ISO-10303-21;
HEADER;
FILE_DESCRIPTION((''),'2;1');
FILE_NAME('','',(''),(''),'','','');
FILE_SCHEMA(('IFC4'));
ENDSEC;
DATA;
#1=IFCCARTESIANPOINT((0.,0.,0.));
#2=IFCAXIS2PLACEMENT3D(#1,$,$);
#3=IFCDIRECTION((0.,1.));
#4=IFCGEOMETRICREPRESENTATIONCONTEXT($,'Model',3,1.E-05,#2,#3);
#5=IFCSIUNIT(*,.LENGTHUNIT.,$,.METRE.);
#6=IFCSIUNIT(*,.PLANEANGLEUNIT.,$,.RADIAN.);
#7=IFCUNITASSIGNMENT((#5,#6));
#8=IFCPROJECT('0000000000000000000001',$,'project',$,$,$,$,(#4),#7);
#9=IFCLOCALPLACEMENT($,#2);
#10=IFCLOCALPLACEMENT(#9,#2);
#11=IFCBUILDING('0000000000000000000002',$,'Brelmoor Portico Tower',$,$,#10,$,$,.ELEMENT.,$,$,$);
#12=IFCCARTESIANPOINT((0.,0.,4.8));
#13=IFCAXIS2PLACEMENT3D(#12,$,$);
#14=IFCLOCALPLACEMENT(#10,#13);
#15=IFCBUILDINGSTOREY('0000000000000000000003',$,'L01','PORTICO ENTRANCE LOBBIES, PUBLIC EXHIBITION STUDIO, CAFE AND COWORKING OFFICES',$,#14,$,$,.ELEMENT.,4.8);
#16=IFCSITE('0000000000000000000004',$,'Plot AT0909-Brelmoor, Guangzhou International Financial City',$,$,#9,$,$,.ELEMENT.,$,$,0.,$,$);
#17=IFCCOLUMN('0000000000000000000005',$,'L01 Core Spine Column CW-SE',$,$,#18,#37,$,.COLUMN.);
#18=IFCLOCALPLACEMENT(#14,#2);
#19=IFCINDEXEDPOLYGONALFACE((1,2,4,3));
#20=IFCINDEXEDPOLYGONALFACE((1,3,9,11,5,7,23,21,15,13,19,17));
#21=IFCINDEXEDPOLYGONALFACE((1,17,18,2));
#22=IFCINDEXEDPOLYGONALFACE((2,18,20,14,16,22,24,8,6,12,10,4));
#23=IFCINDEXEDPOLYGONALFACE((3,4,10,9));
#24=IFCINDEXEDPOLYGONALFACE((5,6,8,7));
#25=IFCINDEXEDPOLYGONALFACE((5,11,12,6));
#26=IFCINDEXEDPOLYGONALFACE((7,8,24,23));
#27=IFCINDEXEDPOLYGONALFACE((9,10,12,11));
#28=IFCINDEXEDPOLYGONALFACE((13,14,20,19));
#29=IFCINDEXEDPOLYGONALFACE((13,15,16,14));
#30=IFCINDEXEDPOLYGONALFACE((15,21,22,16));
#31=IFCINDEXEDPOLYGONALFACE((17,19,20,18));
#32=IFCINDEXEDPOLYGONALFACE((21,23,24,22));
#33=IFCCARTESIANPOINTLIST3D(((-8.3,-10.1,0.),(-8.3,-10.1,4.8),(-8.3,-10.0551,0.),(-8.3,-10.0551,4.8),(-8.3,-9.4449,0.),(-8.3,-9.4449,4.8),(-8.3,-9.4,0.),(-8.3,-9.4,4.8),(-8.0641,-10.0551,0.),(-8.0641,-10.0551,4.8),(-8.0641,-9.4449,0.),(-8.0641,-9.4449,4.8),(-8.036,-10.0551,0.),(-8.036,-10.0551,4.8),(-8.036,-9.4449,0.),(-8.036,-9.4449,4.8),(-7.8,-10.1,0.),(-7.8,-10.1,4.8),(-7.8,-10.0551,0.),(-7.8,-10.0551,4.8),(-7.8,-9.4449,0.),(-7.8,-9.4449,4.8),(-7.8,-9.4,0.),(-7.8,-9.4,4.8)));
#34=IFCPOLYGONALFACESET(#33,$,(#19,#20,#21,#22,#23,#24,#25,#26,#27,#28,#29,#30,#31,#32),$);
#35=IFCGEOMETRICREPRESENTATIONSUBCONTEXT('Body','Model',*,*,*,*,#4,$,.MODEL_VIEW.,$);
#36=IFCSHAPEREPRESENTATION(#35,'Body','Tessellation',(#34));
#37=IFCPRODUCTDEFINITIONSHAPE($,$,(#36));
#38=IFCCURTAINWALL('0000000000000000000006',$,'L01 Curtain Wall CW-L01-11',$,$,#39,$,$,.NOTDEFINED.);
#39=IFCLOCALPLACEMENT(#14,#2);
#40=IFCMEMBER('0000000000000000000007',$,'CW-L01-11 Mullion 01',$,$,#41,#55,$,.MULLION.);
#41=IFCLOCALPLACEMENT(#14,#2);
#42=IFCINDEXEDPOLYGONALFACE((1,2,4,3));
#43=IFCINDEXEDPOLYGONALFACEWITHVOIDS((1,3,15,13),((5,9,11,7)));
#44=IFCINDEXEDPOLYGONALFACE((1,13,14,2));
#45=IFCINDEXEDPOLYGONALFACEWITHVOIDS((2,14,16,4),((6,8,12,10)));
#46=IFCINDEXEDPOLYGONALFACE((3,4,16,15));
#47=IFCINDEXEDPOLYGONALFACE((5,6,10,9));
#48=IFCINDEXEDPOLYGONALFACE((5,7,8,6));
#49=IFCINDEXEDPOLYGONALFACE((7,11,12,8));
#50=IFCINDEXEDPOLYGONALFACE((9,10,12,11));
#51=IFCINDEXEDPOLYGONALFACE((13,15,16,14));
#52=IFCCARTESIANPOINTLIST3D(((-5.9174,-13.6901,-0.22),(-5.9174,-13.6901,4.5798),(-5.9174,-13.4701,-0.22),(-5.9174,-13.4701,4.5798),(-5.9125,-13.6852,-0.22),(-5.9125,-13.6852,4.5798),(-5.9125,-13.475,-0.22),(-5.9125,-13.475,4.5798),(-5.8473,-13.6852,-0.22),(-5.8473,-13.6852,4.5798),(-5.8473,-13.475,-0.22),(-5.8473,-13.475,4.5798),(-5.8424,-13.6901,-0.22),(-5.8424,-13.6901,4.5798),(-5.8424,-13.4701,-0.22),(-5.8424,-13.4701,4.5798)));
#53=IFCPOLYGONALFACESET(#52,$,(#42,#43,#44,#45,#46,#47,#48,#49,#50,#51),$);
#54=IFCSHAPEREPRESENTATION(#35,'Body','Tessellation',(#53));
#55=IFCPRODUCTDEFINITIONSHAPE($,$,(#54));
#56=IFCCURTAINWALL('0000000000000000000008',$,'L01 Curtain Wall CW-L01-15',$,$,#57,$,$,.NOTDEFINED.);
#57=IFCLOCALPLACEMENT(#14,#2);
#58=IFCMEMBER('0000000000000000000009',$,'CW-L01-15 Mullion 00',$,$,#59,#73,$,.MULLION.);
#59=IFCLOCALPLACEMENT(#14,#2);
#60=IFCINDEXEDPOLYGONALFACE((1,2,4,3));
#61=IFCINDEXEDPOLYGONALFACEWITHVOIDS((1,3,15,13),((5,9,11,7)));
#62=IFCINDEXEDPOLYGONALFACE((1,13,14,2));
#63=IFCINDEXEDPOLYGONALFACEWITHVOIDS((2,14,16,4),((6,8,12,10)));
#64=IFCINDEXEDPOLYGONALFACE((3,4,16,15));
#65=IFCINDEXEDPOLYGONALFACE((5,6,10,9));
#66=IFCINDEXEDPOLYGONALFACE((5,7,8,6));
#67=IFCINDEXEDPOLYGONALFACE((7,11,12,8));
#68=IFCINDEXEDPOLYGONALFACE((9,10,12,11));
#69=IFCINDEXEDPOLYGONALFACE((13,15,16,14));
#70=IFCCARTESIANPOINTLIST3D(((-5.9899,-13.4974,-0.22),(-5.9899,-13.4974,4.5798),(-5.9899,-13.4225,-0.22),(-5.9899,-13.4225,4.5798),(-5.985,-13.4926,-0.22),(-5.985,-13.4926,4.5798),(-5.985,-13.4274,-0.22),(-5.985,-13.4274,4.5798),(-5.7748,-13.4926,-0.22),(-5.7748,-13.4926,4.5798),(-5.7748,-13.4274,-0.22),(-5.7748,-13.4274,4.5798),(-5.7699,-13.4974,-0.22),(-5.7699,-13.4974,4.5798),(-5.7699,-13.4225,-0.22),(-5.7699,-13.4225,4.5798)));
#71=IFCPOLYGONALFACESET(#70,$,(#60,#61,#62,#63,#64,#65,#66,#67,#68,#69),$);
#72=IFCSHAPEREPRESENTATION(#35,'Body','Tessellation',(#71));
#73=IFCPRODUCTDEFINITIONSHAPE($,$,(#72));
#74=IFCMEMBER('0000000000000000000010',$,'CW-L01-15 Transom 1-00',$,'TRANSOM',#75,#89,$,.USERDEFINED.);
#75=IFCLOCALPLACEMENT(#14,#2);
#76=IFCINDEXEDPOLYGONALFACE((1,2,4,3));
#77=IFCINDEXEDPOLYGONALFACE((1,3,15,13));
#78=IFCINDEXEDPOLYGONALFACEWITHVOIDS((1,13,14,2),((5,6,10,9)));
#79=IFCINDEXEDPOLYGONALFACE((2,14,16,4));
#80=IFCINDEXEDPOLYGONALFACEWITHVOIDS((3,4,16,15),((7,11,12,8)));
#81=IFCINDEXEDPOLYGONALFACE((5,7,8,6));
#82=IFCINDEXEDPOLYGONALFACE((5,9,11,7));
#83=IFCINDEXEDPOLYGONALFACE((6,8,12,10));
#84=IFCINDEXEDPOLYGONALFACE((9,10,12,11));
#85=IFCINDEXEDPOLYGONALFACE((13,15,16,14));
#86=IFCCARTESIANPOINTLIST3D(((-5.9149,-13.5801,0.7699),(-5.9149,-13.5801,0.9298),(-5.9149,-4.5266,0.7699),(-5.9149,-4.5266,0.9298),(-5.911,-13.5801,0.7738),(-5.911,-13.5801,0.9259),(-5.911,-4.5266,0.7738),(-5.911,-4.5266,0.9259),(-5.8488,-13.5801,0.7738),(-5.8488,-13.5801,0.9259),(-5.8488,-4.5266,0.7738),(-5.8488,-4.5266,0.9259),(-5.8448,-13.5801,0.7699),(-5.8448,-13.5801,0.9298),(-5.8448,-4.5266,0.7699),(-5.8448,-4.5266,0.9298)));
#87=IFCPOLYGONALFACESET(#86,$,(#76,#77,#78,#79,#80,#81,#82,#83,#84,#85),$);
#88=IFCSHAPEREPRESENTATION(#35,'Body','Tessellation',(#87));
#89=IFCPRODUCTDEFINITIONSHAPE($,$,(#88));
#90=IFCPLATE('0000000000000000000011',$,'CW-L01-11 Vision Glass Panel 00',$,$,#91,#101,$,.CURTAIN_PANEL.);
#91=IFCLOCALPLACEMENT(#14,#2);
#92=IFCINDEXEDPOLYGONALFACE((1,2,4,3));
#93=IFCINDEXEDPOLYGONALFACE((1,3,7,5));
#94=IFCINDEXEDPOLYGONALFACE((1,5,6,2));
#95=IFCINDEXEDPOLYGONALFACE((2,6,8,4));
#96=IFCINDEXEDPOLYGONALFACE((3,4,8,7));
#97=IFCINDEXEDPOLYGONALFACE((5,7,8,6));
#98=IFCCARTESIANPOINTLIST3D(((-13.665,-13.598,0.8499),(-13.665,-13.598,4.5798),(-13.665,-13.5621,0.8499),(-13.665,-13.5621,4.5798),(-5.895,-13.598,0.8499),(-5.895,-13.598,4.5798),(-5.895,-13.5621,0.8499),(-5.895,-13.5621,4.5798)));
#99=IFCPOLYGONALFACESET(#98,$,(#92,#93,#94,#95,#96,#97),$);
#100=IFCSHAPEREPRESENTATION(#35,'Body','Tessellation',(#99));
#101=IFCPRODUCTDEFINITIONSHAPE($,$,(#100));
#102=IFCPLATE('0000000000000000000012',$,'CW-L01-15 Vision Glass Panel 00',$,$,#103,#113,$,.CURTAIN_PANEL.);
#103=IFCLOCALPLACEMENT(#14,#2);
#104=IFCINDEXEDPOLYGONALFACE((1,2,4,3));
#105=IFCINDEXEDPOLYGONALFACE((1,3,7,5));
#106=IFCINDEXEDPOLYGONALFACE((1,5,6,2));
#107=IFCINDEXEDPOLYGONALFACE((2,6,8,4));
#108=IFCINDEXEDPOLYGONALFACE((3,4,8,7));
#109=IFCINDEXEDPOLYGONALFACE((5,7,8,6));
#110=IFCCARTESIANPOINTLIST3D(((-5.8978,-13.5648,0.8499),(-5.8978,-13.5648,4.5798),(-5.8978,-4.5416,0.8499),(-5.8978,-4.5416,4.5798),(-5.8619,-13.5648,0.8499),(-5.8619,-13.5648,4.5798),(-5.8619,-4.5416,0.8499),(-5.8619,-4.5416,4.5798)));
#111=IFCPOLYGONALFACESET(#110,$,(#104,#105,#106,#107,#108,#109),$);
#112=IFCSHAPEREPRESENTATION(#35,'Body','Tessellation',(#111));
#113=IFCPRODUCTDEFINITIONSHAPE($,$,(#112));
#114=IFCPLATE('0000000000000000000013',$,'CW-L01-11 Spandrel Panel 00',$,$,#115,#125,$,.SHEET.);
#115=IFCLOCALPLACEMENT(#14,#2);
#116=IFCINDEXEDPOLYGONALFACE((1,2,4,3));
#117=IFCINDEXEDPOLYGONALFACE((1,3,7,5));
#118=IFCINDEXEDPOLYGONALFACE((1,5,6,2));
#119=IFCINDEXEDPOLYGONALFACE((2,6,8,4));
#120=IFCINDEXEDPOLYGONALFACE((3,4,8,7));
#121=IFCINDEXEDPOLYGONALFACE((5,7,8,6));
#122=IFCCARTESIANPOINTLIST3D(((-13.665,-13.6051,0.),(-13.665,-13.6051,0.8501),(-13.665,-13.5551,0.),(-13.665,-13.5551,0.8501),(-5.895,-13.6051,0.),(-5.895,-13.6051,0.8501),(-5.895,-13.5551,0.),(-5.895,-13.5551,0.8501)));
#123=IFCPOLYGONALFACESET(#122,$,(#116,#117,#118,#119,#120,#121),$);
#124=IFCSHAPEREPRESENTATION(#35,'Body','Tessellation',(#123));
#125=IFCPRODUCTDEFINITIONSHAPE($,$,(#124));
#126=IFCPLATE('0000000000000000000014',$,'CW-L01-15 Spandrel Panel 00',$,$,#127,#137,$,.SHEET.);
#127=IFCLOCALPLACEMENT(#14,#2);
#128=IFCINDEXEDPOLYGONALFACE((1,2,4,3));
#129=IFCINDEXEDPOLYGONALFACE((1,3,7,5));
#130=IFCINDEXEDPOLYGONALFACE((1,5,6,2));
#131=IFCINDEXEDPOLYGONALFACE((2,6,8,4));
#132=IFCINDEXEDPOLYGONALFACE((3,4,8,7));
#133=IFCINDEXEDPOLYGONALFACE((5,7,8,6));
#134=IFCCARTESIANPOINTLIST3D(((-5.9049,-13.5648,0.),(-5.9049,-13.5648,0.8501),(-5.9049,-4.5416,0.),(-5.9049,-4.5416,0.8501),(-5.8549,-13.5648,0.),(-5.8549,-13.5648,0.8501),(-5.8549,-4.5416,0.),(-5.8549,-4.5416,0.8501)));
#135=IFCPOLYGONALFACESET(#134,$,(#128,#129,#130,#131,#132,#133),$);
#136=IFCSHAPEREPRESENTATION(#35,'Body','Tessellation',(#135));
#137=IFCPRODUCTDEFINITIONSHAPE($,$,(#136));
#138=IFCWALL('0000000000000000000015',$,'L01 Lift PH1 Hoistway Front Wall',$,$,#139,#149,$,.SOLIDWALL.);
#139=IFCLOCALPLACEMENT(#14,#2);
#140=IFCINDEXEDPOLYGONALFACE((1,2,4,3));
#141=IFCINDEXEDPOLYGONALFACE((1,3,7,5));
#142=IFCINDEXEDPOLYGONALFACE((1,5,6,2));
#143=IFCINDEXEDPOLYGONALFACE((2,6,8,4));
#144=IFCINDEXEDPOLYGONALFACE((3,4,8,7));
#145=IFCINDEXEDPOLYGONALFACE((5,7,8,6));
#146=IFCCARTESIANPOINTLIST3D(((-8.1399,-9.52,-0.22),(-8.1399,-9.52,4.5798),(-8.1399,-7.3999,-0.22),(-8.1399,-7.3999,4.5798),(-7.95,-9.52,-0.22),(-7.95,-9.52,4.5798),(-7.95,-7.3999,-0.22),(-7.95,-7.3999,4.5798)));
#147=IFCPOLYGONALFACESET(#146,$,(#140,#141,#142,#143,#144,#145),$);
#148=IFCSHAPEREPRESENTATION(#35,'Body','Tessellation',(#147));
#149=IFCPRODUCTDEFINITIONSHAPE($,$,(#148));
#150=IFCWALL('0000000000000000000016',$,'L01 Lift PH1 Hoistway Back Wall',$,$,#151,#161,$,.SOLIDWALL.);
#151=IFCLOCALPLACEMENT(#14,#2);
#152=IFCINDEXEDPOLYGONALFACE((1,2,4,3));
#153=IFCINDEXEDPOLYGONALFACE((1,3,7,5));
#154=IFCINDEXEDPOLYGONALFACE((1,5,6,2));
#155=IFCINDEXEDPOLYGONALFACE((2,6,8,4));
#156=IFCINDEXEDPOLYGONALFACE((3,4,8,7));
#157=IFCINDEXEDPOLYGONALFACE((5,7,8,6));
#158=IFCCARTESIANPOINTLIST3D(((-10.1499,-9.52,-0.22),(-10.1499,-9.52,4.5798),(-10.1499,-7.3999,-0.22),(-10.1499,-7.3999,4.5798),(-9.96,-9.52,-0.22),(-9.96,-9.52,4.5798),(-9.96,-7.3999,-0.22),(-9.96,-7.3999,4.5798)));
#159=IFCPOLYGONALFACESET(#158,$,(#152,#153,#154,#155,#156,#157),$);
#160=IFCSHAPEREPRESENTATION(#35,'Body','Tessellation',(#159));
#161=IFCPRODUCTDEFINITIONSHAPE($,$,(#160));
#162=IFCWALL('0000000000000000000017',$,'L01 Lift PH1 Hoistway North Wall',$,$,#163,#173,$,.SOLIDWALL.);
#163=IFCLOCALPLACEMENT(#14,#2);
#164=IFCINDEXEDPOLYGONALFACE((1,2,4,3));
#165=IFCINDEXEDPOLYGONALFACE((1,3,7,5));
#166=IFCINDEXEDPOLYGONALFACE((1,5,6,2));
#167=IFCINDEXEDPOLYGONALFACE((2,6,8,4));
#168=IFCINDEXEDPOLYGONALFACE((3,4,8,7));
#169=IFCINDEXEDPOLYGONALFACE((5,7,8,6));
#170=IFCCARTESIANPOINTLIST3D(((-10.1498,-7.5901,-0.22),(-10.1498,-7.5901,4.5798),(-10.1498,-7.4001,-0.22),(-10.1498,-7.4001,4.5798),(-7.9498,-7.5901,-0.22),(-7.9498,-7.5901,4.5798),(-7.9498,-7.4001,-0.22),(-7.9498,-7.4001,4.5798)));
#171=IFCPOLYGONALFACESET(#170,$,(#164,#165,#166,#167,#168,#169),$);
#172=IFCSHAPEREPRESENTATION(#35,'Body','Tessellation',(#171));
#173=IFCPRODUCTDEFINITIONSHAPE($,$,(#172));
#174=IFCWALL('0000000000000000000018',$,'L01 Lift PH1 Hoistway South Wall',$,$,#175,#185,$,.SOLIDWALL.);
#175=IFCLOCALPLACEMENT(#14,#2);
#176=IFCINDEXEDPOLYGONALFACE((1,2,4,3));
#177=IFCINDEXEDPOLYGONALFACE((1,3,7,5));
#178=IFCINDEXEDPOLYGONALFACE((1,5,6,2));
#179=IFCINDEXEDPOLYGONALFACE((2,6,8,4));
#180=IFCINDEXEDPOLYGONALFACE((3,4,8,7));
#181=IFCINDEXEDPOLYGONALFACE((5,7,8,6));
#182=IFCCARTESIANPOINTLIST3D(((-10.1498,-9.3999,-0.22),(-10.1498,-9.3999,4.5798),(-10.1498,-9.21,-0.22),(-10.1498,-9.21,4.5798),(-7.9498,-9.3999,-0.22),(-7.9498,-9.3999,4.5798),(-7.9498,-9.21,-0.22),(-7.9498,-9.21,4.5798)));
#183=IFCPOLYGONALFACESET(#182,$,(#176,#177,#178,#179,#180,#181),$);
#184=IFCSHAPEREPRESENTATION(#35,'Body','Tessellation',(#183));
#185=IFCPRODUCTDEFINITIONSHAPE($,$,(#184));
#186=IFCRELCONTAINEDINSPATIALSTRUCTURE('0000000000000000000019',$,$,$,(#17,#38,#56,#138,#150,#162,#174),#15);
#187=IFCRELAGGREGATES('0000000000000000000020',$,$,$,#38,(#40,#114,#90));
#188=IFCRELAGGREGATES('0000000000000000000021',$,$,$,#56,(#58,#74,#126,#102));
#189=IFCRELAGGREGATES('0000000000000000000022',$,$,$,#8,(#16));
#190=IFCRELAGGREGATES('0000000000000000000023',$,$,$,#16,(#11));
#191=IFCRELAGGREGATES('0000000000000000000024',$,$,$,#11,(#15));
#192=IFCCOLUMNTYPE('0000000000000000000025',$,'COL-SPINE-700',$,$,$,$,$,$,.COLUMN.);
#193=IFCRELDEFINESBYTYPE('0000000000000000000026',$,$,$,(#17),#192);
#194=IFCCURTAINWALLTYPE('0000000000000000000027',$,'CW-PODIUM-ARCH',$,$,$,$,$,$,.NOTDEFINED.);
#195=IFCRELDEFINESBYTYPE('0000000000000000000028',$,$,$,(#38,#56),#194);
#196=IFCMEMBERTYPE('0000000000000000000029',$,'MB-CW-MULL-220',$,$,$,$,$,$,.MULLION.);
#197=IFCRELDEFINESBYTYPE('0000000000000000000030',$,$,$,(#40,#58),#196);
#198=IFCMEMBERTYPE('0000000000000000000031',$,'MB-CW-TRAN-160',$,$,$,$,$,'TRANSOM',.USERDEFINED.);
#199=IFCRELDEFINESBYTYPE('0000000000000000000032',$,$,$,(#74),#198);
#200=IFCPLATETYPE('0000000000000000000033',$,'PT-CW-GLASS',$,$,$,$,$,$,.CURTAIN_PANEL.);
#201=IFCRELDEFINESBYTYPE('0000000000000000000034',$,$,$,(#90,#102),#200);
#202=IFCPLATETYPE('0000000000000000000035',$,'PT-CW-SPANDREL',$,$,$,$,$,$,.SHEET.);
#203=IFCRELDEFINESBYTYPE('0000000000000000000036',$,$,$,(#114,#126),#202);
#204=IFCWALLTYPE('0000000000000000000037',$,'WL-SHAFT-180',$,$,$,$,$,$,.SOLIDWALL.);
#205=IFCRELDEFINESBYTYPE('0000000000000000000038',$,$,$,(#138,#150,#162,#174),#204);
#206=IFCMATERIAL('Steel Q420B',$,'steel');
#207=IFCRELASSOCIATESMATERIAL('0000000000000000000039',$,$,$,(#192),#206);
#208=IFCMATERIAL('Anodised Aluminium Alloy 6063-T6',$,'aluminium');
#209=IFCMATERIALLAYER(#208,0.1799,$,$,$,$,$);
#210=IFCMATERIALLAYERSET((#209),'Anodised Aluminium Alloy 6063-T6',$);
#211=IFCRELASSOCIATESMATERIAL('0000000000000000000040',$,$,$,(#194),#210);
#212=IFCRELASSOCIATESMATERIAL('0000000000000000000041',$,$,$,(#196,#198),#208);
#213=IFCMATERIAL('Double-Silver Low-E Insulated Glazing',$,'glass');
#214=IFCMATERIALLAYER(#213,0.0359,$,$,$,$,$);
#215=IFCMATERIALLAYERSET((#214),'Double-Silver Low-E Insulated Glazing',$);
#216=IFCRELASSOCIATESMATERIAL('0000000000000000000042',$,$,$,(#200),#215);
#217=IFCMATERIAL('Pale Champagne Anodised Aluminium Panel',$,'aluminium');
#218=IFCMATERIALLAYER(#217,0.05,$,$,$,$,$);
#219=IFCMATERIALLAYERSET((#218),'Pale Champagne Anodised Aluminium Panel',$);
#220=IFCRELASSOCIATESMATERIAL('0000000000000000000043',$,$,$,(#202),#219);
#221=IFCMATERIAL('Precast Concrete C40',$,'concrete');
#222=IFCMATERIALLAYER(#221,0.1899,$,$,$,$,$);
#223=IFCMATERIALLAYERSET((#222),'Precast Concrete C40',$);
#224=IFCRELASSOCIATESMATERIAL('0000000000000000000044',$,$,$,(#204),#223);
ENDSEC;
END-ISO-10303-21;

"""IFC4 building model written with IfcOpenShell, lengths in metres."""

from ifc_helpers import new_model, si_unit, direction, frame, frame_2d, origin, origin_2d, place, context, subcontext, project, spatial, rectangle, hollow_rectangle, i_section, extrude, material, layer, layer_set, material_profile, profile_set, type_object, element, aggregate, save


model = new_model("IFC4")

# Units and contexts
model_context = context("Model", 3, precision=1e-05, world=origin(), true_north=direction((0.0, 1.0)))
body_context = subcontext(model_context, "Body", "Model", "MODEL_VIEW")
ifc_project = project(units=[si_unit("LENGTHUNIT", "METRE"), si_unit("PLANEANGLEUNIT", "RADIAN")], contexts=[model_context])

# Site, building, storey
site_placement = place(None, origin())
site = spatial("IfcSite", under=ifc_project, at=site_placement, Name="Plot AT0909-Brelmoor, Guangzhou International Financial City", CompositionType="ELEMENT", RefElevation=0.0)
building_placement = place(site_placement, origin())
building = spatial("IfcBuilding", under=site, at=building_placement, Name="Brelmoor Portico Tower", CompositionType="ELEMENT")
storey_placement = place(building_placement, frame((0.0, 0.0, 4.8)))
storey = spatial("IfcBuildingStorey", under=building, at=storey_placement, Name="L01", Description="PORTICO ENTRANCE LOBBIES, PUBLIC EXHIBITION STUDIO, CAFE AND COWORKING OFFICES", CompositionType="ELEMENT", Elevation=4.8)

# Column
ifc_material_1 = material(Name="Steel Q420B", Category="steel")
ifc_material_profile_1 = material_profile(ifc_material_1, i_section(OverallWidth=0.5, OverallDepth=0.7, WebThickness=0.0281, FlangeThickness=0.0449, at=origin_2d()), Name="HW 700x500x28x45")
ifc_profile_set_1 = profile_set([ifc_material_profile_1], Name="Steel Q420B")
column_type = type_object("IfcColumnType", Name="COL-SPINE-700", PredefinedType="COLUMN", material=ifc_profile_set_1)
column_placement = place(storey_placement, frame((-8.05, -9.75, 0.0), z_axis=(0.0, 0.0, 1.0), x_axis=(1.0, 0.0, 0.0)))
element("IfcColumn", 1, at=column_placement, inside=storey, type_object=column_type, Name="L01 Core Spine Column CW-SE", PredefinedType="COLUMN", context=body_context, shape_type="SweptSolid", body=[
    extrude(i_section(OverallWidth=0.5, OverallDepth=0.7, WebThickness=0.0281, FlangeThickness=0.0449, at=origin_2d()), origin(), (0.0, 0.0, 1.0), 4.8),
])

# Curtain wall, member
ifc_material_2 = material(Name="Anodised Aluminium Alloy 6063-T6", Category="aluminium")
ifc_layer_1 = layer(ifc_material_2, 0.1799)
ifc_layer_set_1 = layer_set([ifc_layer_1], Name="Anodised Aluminium Alloy 6063-T6")
curtain_wall_type = type_object("IfcCurtainWallType", Name="CW-PODIUM-ARCH", PredefinedType="NOTDEFINED", material=ifc_layer_set_1)
curtain_wall_1_placement = place(storey_placement, origin())
curtain_wall_1 = element("IfcCurtainWall", 2, at=curtain_wall_1_placement, inside=storey, type_object=curtain_wall_type, Name="L01 Curtain Wall CW-L01-11", PredefinedType="NOTDEFINED")
ifc_material_profile_2 = material_profile(ifc_material_2, hollow_rectangle(XDim=0.075, YDim=0.22, WallThickness=0.0049, at=origin_2d()), Name="ALU MULLION 75x220")
ifc_profile_set_2 = profile_set([ifc_material_profile_2], Name="Anodised Aluminium Alloy 6063-T6")
member_type_1 = type_object("IfcMemberType", Name="MB-CW-MULL-220", PredefinedType="MULLION", material=ifc_profile_set_2)
member_1_placement = place(storey_placement, frame((-5.8799, -13.5801, -0.22), z_axis=(0.0, 0.0, 1.0), x_axis=(1.0, 0.0, 0.0)))
member_1 = element("IfcMember", 3, at=member_1_placement, type_object=member_type_1, Name="CW-L01-11 Mullion 01", PredefinedType="MULLION", context=body_context, shape_type="SweptSolid", body=[
    extrude(hollow_rectangle(XDim=0.075, YDim=0.22, WallThickness=0.0049, at=origin_2d()), origin(), (0.0, 0.0, 1.0), 4.7998),
])

# Curtain wall, members
curtain_wall_2_placement = place(storey_placement, origin())
curtain_wall_2 = element("IfcCurtainWall", 4, at=curtain_wall_2_placement, inside=storey, type_object=curtain_wall_type, Name="L01 Curtain Wall CW-L01-15", PredefinedType="NOTDEFINED")
member_2_placement = place(storey_placement, frame((-5.8799, -13.46, -0.22), z_axis=(0.0, 0.0, 1.0), x_axis=(0.0, 1.0, 0.0)))
member_2 = element("IfcMember", 5, at=member_2_placement, type_object=member_type_1, Name="CW-L01-15 Mullion 00", PredefinedType="MULLION", context=body_context, shape_type="SweptSolid", body=[
    extrude(hollow_rectangle(XDim=0.075, YDim=0.22, WallThickness=0.0049, at=origin_2d()), origin(), (0.0, 0.0, 1.0), 4.7998),
])
ifc_material_profile_3 = material_profile(ifc_material_2, hollow_rectangle(XDim=0.0701, YDim=0.1599, WallThickness=0.0039, at=origin_2d()), Name="ALU TRANSOM 70x160")
ifc_profile_set_3 = profile_set([ifc_material_profile_3], Name="Anodised Aluminium Alloy 6063-T6")
member_type_2 = type_object("IfcMemberType", Name="MB-CW-TRAN-160", ElementType="TRANSOM", PredefinedType="USERDEFINED", material=ifc_profile_set_3)
member_3_placement = place(storey_placement, frame((-5.8799, -13.5801, 0.8499), z_axis=(0.0, 1.0, 0.0), x_axis=(-1.0, 0.0, 0.0)))
member_3 = element("IfcMember", 6, at=member_3_placement, type_object=member_type_2, Name="CW-L01-15 Transom 1-00", ObjectType="TRANSOM", PredefinedType="USERDEFINED", context=body_context, shape_type="SweptSolid", body=[
    extrude(hollow_rectangle(XDim=0.0701, YDim=0.1599, WallThickness=0.0039, at=origin_2d()), origin(), (0.0, 0.0, 1.0), 9.0535),
])

# Plates
ifc_material_3 = material(Name="Double-Silver Low-E Insulated Glazing", Category="glass")
ifc_layer_2 = layer(ifc_material_3, 0.0359)
ifc_layer_set_2 = layer_set([ifc_layer_2], Name="Double-Silver Low-E Insulated Glazing")
plate_type_1 = type_object("IfcPlateType", Name="PT-CW-GLASS", PredefinedType="CURTAIN_PANEL", material=ifc_layer_set_2)
plate_1_placement = place(storey_placement, frame((-9.78, -13.5801, 0.8499), z_axis=(0.0, 0.0, 1.0), x_axis=(1.0, 0.0, 0.0)))
plate_1 = element("IfcPlate", 7, at=plate_1_placement, type_object=plate_type_1, Name="CW-L01-11 Vision Glass Panel 00", PredefinedType="CURTAIN_PANEL", context=body_context, shape_type="SweptSolid", body=[
    extrude(rectangle(XDim=7.77, YDim=0.0359, at=origin_2d()), origin(), (0.0, 0.0, 1.0), 3.73),
])
plate_2_placement = place(storey_placement, frame((-5.8799, -9.0532, 0.8499), z_axis=(0.0, 0.0, 1.0), x_axis=(0.0, 1.0, 0.0)))
plate_2 = element("IfcPlate", 8, at=plate_2_placement, type_object=plate_type_1, Name="CW-L01-15 Vision Glass Panel 00", PredefinedType="CURTAIN_PANEL", context=body_context, shape_type="SweptSolid", body=[
    extrude(rectangle(XDim=9.0232, YDim=0.0359, at=origin_2d()), origin(), (0.0, 0.0, 1.0), 3.73),
])
ifc_material_4 = material(Name="Pale Champagne Anodised Aluminium Panel", Category="aluminium")
ifc_layer_3 = layer(ifc_material_4, 0.05)
ifc_layer_set_3 = layer_set([ifc_layer_3], Name="Pale Champagne Anodised Aluminium Panel")
plate_type_2 = type_object("IfcPlateType", Name="PT-CW-SPANDREL", PredefinedType="SHEET", material=ifc_layer_set_3)
plate_3_placement = place(storey_placement, frame((-9.78, -13.5801, 0.0), z_axis=(0.0, 0.0, 1.0), x_axis=(1.0, 0.0, 0.0)))
plate_3 = element("IfcPlate", 9, at=plate_3_placement, type_object=plate_type_2, Name="CW-L01-11 Spandrel Panel 00", PredefinedType="SHEET", context=body_context, shape_type="SweptSolid", body=[
    extrude(rectangle(XDim=7.77, YDim=0.05, at=origin_2d()), origin(), (0.0, 0.0, 1.0), 0.8501),
])
aggregate(curtain_wall_1, [member_1, plate_3, plate_1])
plate_4_placement = place(storey_placement, frame((-5.8799, -9.0532, 0.0), z_axis=(0.0, 0.0, 1.0), x_axis=(0.0, 1.0, 0.0)))
plate_4 = element("IfcPlate", 10, at=plate_4_placement, type_object=plate_type_2, Name="CW-L01-15 Spandrel Panel 00", PredefinedType="SHEET", context=body_context, shape_type="SweptSolid", body=[
    extrude(rectangle(XDim=9.0232, YDim=0.05, at=origin_2d()), origin(), (0.0, 0.0, 1.0), 0.8501),
])
aggregate(curtain_wall_2, [member_2, member_3, plate_4, plate_2])

# Walls
ifc_material_5 = material(Name="Precast Concrete C40", Category="concrete")
ifc_layer_4 = layer(ifc_material_5, 0.1899)
ifc_layer_set_4 = layer_set([ifc_layer_4], Name="Precast Concrete C40")
wall_type_1 = type_object("IfcWallType", Name="WL-SHAFT-180", PredefinedType="SOLIDWALL", material=ifc_layer_set_4)
for number, where, z_axis, x_axis, name in (
    (11, (-8.0449, -9.52, -0.22), (0.0, 0.0, 1.0), (0.0, 1.0, 0.0), "L01 Lift PH1 Hoistway Front Wall"),
    (12, (-10.0549, -9.52, -0.22), (0.0, 0.0, 1.0), (0.0, 1.0, 0.0), "L01 Lift PH1 Hoistway Back Wall"),
):
    element("IfcWall", number, at=place(storey_placement, frame(where, z_axis=z_axis, x_axis=x_axis)), inside=storey, type_object=wall_type_1, Name=name, PredefinedType="SOLIDWALL", context=body_context, shape_type="SweptSolid", body=[
        extrude(rectangle(XDim=2.1201, YDim=0.1899, at=frame_2d((1.0601, 0.0))), origin(), (0.0, 0.0, 1.0), 4.7998),
    ])
for number, where, z_axis, x_axis, name in (
    (13, (-10.1499, -7.4951, -0.22), (0.0, 0.0, 1.0), (1.0, 0.0, 0.0), "L01 Lift PH1 Hoistway North Wall"),
    (14, (-10.1499, -9.3049, -0.22), (0.0, 0.0, 1.0), (1.0, 0.0, 0.0), "L01 Lift PH1 Hoistway South Wall"),
):
    element("IfcWall", number, at=place(storey_placement, frame(where, z_axis=z_axis, x_axis=x_axis)), inside=storey, type_object=wall_type_1, Name=name, PredefinedType="SOLIDWALL", context=body_context, shape_type="SweptSolid", body=[
        extrude(rectangle(XDim=2.2, YDim=0.1899, at=frame_2d((1.1001, 0.0))), origin(), (0.0, 0.0, 1.0), 4.7998),
    ])

save(model, "model.ifc")
